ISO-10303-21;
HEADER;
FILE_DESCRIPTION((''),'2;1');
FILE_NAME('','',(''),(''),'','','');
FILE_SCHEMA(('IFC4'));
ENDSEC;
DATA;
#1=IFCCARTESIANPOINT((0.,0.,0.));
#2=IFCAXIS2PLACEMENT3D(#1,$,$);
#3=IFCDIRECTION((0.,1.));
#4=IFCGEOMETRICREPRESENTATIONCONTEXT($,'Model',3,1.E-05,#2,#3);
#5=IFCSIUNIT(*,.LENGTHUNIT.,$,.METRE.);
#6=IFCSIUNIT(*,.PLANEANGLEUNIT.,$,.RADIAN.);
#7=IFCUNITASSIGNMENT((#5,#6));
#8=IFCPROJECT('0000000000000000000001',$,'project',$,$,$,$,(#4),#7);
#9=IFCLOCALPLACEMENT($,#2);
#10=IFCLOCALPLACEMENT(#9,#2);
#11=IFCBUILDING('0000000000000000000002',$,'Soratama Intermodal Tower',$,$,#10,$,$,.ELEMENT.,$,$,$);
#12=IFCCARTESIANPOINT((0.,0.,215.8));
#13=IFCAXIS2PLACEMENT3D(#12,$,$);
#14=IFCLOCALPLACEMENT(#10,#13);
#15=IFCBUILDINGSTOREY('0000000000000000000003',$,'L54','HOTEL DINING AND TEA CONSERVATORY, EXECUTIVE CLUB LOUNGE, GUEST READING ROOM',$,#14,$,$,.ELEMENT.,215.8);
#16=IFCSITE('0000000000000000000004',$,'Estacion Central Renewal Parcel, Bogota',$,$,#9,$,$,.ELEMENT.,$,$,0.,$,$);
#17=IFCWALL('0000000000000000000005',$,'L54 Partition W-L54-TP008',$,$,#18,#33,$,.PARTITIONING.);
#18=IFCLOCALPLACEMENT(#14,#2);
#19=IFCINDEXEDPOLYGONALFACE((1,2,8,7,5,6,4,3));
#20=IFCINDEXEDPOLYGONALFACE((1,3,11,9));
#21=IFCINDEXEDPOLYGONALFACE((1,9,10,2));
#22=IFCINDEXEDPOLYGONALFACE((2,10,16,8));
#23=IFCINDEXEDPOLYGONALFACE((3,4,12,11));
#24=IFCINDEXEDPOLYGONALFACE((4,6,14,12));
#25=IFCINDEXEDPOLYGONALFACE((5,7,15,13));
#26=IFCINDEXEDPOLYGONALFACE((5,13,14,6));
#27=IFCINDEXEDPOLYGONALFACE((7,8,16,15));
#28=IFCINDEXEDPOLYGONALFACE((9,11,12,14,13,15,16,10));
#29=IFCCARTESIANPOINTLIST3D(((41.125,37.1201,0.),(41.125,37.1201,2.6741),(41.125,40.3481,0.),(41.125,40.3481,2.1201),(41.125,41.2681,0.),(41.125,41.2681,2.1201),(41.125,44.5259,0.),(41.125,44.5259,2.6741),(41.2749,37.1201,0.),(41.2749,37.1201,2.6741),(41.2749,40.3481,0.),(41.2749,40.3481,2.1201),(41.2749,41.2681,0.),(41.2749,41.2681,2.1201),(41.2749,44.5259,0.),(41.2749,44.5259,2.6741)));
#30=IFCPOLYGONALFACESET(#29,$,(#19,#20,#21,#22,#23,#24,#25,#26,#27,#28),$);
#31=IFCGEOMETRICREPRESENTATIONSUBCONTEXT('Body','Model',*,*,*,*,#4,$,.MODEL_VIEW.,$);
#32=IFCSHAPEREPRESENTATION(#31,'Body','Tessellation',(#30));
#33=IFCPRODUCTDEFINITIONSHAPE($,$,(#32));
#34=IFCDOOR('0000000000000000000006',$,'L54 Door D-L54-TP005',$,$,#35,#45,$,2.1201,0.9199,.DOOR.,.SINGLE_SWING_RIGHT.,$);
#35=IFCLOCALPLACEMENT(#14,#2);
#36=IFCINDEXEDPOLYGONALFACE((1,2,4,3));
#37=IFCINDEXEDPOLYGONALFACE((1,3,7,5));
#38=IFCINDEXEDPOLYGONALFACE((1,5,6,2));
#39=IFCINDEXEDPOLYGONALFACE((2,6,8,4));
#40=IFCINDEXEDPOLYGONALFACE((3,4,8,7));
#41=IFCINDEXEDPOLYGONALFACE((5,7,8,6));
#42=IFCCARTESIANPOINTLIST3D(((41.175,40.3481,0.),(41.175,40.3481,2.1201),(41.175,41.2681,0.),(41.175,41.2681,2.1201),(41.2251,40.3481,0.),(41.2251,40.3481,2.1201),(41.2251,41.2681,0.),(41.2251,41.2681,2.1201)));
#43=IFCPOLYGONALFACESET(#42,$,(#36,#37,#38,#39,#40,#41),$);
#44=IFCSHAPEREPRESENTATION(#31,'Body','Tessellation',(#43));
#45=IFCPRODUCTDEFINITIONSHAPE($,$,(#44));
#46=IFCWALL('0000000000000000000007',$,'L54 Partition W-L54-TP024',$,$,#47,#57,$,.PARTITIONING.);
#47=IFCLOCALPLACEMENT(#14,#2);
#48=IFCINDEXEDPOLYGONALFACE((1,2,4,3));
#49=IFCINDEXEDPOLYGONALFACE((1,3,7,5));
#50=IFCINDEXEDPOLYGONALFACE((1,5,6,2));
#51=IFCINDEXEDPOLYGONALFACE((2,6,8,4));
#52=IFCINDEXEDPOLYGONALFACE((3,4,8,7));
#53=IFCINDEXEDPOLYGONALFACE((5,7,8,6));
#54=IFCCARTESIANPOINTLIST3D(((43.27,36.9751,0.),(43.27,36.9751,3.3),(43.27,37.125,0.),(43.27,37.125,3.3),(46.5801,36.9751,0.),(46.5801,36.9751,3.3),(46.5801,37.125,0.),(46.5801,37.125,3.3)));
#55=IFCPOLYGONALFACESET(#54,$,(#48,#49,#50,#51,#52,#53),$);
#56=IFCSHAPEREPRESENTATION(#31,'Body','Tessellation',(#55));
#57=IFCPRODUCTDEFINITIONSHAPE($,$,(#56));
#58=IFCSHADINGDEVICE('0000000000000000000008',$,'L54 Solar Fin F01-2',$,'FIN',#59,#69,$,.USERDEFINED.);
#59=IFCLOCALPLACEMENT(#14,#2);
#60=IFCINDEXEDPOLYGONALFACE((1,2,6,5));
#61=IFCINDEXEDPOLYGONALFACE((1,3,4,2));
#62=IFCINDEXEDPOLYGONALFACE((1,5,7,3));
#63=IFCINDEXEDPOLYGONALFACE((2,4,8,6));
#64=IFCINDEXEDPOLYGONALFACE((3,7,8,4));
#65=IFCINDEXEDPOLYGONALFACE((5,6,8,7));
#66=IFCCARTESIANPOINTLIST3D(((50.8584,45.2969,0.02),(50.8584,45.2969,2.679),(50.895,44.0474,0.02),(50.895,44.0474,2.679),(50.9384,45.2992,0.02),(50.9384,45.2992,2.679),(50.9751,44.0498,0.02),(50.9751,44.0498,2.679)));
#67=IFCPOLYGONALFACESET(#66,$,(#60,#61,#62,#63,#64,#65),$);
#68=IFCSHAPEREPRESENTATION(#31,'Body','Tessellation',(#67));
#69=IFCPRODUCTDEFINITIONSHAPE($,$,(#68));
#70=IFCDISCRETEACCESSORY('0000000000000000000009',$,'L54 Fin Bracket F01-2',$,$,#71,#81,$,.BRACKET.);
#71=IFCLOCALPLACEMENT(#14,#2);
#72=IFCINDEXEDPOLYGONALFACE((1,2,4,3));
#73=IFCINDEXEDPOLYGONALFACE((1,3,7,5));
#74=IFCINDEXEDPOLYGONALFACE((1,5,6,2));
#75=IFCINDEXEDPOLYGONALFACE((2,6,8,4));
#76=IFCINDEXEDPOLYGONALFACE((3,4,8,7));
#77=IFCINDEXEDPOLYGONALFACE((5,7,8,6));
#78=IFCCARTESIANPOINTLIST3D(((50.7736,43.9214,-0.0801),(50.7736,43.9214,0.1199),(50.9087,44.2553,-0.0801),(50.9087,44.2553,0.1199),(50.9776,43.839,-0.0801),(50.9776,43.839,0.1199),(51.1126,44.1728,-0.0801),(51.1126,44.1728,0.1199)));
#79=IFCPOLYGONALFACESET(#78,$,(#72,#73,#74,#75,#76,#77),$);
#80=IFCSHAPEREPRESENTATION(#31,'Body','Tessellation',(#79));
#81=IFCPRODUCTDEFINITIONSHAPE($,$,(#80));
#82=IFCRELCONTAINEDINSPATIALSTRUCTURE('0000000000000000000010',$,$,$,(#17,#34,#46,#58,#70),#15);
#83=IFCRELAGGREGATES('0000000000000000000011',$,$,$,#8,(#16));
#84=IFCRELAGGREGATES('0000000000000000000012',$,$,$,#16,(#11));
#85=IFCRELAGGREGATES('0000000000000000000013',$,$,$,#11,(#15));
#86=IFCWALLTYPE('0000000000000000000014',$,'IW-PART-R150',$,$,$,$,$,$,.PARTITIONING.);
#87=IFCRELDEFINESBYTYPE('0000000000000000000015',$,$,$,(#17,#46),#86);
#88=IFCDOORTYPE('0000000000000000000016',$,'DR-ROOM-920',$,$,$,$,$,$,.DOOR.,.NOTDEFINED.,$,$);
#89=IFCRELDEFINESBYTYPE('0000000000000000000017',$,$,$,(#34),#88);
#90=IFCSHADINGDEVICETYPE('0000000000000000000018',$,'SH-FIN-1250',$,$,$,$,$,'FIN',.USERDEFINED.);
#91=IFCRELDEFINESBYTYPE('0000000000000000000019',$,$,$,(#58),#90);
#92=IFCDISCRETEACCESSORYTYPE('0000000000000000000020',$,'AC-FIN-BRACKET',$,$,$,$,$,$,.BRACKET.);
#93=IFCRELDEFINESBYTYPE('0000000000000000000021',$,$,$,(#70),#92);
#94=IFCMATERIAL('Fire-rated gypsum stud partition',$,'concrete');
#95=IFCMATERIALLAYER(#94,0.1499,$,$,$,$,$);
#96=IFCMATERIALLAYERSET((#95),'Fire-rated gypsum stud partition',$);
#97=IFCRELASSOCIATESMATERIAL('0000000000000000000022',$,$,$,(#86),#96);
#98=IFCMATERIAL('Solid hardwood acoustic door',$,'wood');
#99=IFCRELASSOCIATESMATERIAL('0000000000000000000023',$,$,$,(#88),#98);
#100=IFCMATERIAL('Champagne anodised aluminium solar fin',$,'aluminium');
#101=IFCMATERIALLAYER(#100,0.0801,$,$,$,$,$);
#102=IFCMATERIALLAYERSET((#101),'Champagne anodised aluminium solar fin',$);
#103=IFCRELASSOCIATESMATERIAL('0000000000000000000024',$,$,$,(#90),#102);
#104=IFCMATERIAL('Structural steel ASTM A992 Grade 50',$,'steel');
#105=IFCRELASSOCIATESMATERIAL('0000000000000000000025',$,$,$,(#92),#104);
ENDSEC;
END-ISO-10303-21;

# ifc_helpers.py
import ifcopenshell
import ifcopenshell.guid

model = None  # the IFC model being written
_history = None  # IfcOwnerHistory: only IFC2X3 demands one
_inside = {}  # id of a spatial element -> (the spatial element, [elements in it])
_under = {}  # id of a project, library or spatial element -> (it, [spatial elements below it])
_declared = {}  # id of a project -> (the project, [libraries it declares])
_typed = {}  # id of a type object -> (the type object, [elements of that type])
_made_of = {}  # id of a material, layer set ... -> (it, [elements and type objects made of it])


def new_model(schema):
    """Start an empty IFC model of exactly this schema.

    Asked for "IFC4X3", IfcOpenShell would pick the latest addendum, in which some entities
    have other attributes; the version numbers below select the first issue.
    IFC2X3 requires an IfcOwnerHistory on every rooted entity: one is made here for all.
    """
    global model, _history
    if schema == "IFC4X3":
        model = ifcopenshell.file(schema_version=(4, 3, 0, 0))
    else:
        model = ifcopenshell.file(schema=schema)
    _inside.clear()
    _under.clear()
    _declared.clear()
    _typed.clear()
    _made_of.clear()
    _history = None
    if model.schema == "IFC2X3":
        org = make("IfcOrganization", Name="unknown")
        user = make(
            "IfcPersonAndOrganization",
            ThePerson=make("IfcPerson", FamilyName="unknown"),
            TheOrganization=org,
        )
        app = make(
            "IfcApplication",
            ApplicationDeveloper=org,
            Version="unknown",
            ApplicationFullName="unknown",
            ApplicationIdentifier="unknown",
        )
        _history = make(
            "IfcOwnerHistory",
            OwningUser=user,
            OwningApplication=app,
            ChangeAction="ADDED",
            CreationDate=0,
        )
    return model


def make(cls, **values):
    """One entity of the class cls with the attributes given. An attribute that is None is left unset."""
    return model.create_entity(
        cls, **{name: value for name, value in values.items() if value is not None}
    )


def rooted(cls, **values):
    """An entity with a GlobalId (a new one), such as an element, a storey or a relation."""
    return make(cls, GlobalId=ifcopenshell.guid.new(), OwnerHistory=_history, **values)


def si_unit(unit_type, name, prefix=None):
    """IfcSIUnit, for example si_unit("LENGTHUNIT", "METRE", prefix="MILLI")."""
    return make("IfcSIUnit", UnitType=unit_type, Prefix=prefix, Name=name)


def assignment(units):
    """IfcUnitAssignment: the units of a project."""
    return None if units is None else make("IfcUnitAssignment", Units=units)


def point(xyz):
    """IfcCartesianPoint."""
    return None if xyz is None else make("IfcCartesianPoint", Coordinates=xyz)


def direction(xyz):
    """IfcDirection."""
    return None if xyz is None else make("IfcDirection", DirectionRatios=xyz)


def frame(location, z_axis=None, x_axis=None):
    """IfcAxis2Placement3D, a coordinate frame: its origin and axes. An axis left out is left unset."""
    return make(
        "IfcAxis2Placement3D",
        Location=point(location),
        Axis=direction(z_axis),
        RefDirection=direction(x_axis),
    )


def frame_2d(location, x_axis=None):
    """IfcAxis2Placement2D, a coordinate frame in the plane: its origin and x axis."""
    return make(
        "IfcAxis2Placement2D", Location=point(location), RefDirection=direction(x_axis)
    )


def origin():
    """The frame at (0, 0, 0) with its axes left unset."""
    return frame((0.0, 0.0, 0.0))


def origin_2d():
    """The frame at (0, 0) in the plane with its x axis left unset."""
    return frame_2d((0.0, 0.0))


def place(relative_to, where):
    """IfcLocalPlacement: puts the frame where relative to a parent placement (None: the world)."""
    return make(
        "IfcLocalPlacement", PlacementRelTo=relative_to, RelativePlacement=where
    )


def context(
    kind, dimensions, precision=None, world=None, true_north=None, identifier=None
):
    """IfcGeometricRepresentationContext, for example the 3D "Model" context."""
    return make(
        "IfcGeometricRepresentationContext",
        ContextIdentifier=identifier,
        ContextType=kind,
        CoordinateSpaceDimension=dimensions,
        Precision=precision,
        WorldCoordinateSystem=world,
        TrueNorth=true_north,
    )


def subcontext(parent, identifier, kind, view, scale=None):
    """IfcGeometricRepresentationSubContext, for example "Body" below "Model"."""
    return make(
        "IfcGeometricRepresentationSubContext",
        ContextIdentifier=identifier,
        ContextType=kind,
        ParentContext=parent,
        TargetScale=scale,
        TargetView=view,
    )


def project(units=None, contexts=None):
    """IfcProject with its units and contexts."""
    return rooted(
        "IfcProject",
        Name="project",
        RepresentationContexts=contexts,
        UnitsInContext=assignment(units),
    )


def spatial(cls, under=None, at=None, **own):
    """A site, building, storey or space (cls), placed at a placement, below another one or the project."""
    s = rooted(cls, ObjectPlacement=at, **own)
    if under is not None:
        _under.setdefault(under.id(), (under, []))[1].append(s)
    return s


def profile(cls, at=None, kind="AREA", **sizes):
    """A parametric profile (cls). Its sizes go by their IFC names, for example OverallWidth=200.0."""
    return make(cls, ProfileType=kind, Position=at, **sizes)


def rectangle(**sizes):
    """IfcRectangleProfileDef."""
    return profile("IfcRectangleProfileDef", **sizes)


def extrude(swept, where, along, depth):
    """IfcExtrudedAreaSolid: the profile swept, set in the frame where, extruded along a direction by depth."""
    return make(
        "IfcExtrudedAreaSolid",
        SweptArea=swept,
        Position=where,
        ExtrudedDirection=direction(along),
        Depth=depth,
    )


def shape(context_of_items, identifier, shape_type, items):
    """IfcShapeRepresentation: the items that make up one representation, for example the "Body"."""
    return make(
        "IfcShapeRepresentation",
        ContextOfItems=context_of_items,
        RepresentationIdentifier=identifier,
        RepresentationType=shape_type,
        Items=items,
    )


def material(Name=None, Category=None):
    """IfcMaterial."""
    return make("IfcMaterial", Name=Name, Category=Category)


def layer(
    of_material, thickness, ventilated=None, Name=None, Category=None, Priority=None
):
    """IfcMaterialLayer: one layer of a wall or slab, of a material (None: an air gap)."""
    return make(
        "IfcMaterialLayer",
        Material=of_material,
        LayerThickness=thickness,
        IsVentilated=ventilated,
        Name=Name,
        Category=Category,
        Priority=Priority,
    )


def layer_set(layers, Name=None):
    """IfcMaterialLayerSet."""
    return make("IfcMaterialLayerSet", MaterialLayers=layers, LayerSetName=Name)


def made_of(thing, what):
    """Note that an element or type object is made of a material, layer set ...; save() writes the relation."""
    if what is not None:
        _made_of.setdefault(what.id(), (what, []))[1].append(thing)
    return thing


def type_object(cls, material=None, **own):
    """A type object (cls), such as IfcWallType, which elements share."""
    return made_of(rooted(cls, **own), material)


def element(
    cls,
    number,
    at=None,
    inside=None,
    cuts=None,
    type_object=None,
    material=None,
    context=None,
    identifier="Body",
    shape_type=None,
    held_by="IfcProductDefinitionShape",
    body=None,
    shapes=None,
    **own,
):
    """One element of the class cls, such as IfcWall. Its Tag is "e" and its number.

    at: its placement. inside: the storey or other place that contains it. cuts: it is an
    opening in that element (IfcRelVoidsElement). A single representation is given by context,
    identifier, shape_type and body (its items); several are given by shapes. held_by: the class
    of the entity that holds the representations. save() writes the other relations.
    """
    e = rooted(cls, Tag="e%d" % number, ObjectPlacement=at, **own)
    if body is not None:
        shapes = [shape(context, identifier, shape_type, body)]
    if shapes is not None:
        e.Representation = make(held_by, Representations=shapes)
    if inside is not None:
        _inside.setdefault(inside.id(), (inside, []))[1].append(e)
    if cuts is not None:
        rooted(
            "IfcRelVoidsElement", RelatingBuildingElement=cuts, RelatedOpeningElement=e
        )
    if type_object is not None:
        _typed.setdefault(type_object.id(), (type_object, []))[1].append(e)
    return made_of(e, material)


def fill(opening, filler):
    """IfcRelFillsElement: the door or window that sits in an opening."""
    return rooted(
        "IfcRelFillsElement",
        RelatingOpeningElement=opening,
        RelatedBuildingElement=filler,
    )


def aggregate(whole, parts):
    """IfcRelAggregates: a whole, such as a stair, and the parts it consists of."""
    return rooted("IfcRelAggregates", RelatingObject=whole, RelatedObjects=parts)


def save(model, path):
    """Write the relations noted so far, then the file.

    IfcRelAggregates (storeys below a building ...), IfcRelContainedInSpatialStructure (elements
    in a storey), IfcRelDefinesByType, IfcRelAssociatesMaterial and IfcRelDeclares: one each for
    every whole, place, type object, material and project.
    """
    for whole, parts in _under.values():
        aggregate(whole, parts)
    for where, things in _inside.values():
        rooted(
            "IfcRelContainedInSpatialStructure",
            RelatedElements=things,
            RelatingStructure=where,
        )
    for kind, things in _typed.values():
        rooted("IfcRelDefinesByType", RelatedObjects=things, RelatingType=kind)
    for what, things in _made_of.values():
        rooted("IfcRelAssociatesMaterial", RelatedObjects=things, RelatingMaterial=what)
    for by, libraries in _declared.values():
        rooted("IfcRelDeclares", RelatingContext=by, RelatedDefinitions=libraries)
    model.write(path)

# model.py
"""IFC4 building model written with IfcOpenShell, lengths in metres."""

from ifc_helpers import new_model, si_unit, direction, frame, frame_2d, origin, origin_2d, place, context, subcontext, project, spatial, rectangle, extrude, material, layer, layer_set, type_object, element, fill, save


model = new_model("IFC4")

# Units and contexts
model_context = context("Model", 3, precision=1e-05, world=origin(), true_north=direction((0.0, 1.0)))
body_context = subcontext(model_context, "Body", "Model", "MODEL_VIEW")
ifc_project = project(units=[si_unit("LENGTHUNIT", "METRE"), si_unit("PLANEANGLEUNIT", "RADIAN")], contexts=[model_context])

# Site, building, storey
site_placement = place(None, origin())
site = spatial("IfcSite", under=ifc_project, at=site_placement, Name="Estacion Central Renewal Parcel, Bogota", CompositionType="ELEMENT", RefElevation=0.0)
building_placement = place(site_placement, origin())
building = spatial("IfcBuilding", under=site, at=building_placement, Name="Soratama Intermodal Tower", CompositionType="ELEMENT")
storey_placement = place(building_placement, frame((0.0, 0.0, 215.8)))
storey = spatial("IfcBuildingStorey", under=building, at=storey_placement, Name="L54", Description="HOTEL DINING AND TEA CONSERVATORY, EXECUTIVE CLUB LOUNGE, GUEST READING ROOM", CompositionType="ELEMENT", Elevation=215.8)

# Shared definitions
ifc_material_1 = material(Name="Fire-rated gypsum stud partition", Category="concrete")
ifc_layer_1 = layer(ifc_material_1, 0.1499)
ifc_layer_set_1 = layer_set([ifc_layer_1], Name="Fire-rated gypsum stud partition")
wall_type_1 = type_object("IfcWallType", Name="IW-PART-R150", PredefinedType="PARTITIONING", material=ifc_layer_set_1)
ifc_material_2 = material(Name="Solid hardwood acoustic door", Category="wood")
door_type_1 = type_object("IfcDoorType", Name="DR-ROOM-920", OperationType="NOTDEFINED", PredefinedType="DOOR", material=ifc_material_2)

# Wall, opening, door
wall_1_placement = place(storey_placement, frame((41.2, 37.1201, 0.0), z_axis=(0.0, 0.0, 1.0), x_axis=(0.0, 1.0, 0.0)))
wall_1 = element("IfcWall", 1, at=wall_1_placement, inside=storey, type_object=wall_type_1, Name="L54 Partition W-L54-TP008", PredefinedType="PARTITIONING", context=body_context, shape_type="SweptSolid", body=[
    extrude(rectangle(XDim=7.4058, YDim=0.1499, at=frame_2d((3.7029, 0.0))), origin(), (0.0, 0.0, 1.0), 2.6741),
])
opening_1_placement = place(wall_1_placement, frame((3.228, 0.0, 0.0)))
opening_1 = element("IfcOpeningElement", 2, at=opening_1_placement, cuts=wall_1, PredefinedType="OPENING", context=body_context, shape_type="SweptSolid", body=[
    extrude(rectangle(XDim=0.9199, YDim=2.1201, at=frame_2d((0.46, 1.0601))), frame((0.0, 0.085, 0.0), z_axis=(0.0, -1.0, 0.0), x_axis=(1.0, 0.0, 0.0)), (0.0, 0.0, 1.0), 0.1699),
])
door_1_placement = place(opening_1_placement, origin())
door_1 = element("IfcDoor", 3, at=door_1_placement, inside=storey, type_object=door_type_1, Name="L54 Door D-L54-TP005", OperationType="SINGLE_SWING_RIGHT", OverallHeight=2.1201, OverallWidth=0.9199, PredefinedType="DOOR", context=body_context, shape_type="SweptSolid", body=[
    extrude(rectangle(XDim=0.9199, YDim=2.1201, at=frame_2d((0.46, 1.0601))), frame((0.0, 0.0249, 0.0), z_axis=(0.0, -1.0, 0.0), x_axis=(1.0, 0.0, 0.0)), (0.0, 0.0, 1.0), 0.05),
])
fill(opening_1, door_1)

# Wall
wall_2_placement = place(storey_placement, frame((43.27, 37.05, 0.0), z_axis=(0.0, 0.0, 1.0), x_axis=(1.0, 0.0, 0.0)))
element("IfcWall", 4, at=wall_2_placement, inside=storey, type_object=wall_type_1, Name="L54 Partition W-L54-TP024", PredefinedType="PARTITIONING", context=body_context, shape_type="SweptSolid", body=[
    extrude(rectangle(XDim=3.3101, YDim=0.1499, at=frame_2d((1.655, 0.0))), origin(), (0.0, 0.0, 1.0), 3.3),
])

# Shading device
ifc_material_3 = material(Name="Champagne anodised aluminium solar fin", Category="aluminium")
ifc_layer_2 = layer(ifc_material_3, 0.0801)
ifc_layer_set_2 = layer_set([ifc_layer_2], Name="Champagne anodised aluminium solar fin")
shading_device_type = type_object("IfcShadingDeviceType", Name="SH-FIN-1250", ElementType="FIN", PredefinedType="USERDEFINED", material=ifc_layer_set_2)
shading_device_placement = place(storey_placement, frame((50.9167, 44.6733, 0.02), z_axis=(0.0, 0.0, 1.0), x_axis=(-0.029317, 0.99957, 0.0)))
element("IfcShadingDevice", 5, at=shading_device_placement, inside=storey, type_object=shading_device_type, Name="L54 Solar Fin F01-2", ObjectType="FIN", PredefinedType="USERDEFINED", context=body_context, shape_type="SweptSolid", body=[
    extrude(rectangle(XDim=1.25, YDim=0.0801, at=origin_2d()), origin(), (0.0, 0.0, 1.0), 2.6589),
])

# Discrete accessory
ifc_material_4 = material(Name="Structural steel ASTM A992 Grade 50", Category="steel")
discrete_accessory_type = type_object("IfcDiscreteAccessoryType", Name="AC-FIN-BRACKET", PredefinedType="BRACKET", material=ifc_material_4)
discrete_accessory_placement = place(storey_placement, frame((50.9431, 44.0471, -0.0801), z_axis=(0.0, 0.0, 1.0), x_axis=(0.37493, 0.927053, 0.0)))
element("IfcDiscreteAccessory", 6, at=discrete_accessory_placement, inside=storey, type_object=discrete_accessory_type, Name="L54 Fin Bracket F01-2", PredefinedType="BRACKET", context=body_context, shape_type="SweptSolid", body=[
    extrude(rectangle(XDim=0.3601, YDim=0.22, at=origin_2d()), origin(), (0.0, 0.0, 1.0), 0.2),
])

save(model, "model.ifc")
